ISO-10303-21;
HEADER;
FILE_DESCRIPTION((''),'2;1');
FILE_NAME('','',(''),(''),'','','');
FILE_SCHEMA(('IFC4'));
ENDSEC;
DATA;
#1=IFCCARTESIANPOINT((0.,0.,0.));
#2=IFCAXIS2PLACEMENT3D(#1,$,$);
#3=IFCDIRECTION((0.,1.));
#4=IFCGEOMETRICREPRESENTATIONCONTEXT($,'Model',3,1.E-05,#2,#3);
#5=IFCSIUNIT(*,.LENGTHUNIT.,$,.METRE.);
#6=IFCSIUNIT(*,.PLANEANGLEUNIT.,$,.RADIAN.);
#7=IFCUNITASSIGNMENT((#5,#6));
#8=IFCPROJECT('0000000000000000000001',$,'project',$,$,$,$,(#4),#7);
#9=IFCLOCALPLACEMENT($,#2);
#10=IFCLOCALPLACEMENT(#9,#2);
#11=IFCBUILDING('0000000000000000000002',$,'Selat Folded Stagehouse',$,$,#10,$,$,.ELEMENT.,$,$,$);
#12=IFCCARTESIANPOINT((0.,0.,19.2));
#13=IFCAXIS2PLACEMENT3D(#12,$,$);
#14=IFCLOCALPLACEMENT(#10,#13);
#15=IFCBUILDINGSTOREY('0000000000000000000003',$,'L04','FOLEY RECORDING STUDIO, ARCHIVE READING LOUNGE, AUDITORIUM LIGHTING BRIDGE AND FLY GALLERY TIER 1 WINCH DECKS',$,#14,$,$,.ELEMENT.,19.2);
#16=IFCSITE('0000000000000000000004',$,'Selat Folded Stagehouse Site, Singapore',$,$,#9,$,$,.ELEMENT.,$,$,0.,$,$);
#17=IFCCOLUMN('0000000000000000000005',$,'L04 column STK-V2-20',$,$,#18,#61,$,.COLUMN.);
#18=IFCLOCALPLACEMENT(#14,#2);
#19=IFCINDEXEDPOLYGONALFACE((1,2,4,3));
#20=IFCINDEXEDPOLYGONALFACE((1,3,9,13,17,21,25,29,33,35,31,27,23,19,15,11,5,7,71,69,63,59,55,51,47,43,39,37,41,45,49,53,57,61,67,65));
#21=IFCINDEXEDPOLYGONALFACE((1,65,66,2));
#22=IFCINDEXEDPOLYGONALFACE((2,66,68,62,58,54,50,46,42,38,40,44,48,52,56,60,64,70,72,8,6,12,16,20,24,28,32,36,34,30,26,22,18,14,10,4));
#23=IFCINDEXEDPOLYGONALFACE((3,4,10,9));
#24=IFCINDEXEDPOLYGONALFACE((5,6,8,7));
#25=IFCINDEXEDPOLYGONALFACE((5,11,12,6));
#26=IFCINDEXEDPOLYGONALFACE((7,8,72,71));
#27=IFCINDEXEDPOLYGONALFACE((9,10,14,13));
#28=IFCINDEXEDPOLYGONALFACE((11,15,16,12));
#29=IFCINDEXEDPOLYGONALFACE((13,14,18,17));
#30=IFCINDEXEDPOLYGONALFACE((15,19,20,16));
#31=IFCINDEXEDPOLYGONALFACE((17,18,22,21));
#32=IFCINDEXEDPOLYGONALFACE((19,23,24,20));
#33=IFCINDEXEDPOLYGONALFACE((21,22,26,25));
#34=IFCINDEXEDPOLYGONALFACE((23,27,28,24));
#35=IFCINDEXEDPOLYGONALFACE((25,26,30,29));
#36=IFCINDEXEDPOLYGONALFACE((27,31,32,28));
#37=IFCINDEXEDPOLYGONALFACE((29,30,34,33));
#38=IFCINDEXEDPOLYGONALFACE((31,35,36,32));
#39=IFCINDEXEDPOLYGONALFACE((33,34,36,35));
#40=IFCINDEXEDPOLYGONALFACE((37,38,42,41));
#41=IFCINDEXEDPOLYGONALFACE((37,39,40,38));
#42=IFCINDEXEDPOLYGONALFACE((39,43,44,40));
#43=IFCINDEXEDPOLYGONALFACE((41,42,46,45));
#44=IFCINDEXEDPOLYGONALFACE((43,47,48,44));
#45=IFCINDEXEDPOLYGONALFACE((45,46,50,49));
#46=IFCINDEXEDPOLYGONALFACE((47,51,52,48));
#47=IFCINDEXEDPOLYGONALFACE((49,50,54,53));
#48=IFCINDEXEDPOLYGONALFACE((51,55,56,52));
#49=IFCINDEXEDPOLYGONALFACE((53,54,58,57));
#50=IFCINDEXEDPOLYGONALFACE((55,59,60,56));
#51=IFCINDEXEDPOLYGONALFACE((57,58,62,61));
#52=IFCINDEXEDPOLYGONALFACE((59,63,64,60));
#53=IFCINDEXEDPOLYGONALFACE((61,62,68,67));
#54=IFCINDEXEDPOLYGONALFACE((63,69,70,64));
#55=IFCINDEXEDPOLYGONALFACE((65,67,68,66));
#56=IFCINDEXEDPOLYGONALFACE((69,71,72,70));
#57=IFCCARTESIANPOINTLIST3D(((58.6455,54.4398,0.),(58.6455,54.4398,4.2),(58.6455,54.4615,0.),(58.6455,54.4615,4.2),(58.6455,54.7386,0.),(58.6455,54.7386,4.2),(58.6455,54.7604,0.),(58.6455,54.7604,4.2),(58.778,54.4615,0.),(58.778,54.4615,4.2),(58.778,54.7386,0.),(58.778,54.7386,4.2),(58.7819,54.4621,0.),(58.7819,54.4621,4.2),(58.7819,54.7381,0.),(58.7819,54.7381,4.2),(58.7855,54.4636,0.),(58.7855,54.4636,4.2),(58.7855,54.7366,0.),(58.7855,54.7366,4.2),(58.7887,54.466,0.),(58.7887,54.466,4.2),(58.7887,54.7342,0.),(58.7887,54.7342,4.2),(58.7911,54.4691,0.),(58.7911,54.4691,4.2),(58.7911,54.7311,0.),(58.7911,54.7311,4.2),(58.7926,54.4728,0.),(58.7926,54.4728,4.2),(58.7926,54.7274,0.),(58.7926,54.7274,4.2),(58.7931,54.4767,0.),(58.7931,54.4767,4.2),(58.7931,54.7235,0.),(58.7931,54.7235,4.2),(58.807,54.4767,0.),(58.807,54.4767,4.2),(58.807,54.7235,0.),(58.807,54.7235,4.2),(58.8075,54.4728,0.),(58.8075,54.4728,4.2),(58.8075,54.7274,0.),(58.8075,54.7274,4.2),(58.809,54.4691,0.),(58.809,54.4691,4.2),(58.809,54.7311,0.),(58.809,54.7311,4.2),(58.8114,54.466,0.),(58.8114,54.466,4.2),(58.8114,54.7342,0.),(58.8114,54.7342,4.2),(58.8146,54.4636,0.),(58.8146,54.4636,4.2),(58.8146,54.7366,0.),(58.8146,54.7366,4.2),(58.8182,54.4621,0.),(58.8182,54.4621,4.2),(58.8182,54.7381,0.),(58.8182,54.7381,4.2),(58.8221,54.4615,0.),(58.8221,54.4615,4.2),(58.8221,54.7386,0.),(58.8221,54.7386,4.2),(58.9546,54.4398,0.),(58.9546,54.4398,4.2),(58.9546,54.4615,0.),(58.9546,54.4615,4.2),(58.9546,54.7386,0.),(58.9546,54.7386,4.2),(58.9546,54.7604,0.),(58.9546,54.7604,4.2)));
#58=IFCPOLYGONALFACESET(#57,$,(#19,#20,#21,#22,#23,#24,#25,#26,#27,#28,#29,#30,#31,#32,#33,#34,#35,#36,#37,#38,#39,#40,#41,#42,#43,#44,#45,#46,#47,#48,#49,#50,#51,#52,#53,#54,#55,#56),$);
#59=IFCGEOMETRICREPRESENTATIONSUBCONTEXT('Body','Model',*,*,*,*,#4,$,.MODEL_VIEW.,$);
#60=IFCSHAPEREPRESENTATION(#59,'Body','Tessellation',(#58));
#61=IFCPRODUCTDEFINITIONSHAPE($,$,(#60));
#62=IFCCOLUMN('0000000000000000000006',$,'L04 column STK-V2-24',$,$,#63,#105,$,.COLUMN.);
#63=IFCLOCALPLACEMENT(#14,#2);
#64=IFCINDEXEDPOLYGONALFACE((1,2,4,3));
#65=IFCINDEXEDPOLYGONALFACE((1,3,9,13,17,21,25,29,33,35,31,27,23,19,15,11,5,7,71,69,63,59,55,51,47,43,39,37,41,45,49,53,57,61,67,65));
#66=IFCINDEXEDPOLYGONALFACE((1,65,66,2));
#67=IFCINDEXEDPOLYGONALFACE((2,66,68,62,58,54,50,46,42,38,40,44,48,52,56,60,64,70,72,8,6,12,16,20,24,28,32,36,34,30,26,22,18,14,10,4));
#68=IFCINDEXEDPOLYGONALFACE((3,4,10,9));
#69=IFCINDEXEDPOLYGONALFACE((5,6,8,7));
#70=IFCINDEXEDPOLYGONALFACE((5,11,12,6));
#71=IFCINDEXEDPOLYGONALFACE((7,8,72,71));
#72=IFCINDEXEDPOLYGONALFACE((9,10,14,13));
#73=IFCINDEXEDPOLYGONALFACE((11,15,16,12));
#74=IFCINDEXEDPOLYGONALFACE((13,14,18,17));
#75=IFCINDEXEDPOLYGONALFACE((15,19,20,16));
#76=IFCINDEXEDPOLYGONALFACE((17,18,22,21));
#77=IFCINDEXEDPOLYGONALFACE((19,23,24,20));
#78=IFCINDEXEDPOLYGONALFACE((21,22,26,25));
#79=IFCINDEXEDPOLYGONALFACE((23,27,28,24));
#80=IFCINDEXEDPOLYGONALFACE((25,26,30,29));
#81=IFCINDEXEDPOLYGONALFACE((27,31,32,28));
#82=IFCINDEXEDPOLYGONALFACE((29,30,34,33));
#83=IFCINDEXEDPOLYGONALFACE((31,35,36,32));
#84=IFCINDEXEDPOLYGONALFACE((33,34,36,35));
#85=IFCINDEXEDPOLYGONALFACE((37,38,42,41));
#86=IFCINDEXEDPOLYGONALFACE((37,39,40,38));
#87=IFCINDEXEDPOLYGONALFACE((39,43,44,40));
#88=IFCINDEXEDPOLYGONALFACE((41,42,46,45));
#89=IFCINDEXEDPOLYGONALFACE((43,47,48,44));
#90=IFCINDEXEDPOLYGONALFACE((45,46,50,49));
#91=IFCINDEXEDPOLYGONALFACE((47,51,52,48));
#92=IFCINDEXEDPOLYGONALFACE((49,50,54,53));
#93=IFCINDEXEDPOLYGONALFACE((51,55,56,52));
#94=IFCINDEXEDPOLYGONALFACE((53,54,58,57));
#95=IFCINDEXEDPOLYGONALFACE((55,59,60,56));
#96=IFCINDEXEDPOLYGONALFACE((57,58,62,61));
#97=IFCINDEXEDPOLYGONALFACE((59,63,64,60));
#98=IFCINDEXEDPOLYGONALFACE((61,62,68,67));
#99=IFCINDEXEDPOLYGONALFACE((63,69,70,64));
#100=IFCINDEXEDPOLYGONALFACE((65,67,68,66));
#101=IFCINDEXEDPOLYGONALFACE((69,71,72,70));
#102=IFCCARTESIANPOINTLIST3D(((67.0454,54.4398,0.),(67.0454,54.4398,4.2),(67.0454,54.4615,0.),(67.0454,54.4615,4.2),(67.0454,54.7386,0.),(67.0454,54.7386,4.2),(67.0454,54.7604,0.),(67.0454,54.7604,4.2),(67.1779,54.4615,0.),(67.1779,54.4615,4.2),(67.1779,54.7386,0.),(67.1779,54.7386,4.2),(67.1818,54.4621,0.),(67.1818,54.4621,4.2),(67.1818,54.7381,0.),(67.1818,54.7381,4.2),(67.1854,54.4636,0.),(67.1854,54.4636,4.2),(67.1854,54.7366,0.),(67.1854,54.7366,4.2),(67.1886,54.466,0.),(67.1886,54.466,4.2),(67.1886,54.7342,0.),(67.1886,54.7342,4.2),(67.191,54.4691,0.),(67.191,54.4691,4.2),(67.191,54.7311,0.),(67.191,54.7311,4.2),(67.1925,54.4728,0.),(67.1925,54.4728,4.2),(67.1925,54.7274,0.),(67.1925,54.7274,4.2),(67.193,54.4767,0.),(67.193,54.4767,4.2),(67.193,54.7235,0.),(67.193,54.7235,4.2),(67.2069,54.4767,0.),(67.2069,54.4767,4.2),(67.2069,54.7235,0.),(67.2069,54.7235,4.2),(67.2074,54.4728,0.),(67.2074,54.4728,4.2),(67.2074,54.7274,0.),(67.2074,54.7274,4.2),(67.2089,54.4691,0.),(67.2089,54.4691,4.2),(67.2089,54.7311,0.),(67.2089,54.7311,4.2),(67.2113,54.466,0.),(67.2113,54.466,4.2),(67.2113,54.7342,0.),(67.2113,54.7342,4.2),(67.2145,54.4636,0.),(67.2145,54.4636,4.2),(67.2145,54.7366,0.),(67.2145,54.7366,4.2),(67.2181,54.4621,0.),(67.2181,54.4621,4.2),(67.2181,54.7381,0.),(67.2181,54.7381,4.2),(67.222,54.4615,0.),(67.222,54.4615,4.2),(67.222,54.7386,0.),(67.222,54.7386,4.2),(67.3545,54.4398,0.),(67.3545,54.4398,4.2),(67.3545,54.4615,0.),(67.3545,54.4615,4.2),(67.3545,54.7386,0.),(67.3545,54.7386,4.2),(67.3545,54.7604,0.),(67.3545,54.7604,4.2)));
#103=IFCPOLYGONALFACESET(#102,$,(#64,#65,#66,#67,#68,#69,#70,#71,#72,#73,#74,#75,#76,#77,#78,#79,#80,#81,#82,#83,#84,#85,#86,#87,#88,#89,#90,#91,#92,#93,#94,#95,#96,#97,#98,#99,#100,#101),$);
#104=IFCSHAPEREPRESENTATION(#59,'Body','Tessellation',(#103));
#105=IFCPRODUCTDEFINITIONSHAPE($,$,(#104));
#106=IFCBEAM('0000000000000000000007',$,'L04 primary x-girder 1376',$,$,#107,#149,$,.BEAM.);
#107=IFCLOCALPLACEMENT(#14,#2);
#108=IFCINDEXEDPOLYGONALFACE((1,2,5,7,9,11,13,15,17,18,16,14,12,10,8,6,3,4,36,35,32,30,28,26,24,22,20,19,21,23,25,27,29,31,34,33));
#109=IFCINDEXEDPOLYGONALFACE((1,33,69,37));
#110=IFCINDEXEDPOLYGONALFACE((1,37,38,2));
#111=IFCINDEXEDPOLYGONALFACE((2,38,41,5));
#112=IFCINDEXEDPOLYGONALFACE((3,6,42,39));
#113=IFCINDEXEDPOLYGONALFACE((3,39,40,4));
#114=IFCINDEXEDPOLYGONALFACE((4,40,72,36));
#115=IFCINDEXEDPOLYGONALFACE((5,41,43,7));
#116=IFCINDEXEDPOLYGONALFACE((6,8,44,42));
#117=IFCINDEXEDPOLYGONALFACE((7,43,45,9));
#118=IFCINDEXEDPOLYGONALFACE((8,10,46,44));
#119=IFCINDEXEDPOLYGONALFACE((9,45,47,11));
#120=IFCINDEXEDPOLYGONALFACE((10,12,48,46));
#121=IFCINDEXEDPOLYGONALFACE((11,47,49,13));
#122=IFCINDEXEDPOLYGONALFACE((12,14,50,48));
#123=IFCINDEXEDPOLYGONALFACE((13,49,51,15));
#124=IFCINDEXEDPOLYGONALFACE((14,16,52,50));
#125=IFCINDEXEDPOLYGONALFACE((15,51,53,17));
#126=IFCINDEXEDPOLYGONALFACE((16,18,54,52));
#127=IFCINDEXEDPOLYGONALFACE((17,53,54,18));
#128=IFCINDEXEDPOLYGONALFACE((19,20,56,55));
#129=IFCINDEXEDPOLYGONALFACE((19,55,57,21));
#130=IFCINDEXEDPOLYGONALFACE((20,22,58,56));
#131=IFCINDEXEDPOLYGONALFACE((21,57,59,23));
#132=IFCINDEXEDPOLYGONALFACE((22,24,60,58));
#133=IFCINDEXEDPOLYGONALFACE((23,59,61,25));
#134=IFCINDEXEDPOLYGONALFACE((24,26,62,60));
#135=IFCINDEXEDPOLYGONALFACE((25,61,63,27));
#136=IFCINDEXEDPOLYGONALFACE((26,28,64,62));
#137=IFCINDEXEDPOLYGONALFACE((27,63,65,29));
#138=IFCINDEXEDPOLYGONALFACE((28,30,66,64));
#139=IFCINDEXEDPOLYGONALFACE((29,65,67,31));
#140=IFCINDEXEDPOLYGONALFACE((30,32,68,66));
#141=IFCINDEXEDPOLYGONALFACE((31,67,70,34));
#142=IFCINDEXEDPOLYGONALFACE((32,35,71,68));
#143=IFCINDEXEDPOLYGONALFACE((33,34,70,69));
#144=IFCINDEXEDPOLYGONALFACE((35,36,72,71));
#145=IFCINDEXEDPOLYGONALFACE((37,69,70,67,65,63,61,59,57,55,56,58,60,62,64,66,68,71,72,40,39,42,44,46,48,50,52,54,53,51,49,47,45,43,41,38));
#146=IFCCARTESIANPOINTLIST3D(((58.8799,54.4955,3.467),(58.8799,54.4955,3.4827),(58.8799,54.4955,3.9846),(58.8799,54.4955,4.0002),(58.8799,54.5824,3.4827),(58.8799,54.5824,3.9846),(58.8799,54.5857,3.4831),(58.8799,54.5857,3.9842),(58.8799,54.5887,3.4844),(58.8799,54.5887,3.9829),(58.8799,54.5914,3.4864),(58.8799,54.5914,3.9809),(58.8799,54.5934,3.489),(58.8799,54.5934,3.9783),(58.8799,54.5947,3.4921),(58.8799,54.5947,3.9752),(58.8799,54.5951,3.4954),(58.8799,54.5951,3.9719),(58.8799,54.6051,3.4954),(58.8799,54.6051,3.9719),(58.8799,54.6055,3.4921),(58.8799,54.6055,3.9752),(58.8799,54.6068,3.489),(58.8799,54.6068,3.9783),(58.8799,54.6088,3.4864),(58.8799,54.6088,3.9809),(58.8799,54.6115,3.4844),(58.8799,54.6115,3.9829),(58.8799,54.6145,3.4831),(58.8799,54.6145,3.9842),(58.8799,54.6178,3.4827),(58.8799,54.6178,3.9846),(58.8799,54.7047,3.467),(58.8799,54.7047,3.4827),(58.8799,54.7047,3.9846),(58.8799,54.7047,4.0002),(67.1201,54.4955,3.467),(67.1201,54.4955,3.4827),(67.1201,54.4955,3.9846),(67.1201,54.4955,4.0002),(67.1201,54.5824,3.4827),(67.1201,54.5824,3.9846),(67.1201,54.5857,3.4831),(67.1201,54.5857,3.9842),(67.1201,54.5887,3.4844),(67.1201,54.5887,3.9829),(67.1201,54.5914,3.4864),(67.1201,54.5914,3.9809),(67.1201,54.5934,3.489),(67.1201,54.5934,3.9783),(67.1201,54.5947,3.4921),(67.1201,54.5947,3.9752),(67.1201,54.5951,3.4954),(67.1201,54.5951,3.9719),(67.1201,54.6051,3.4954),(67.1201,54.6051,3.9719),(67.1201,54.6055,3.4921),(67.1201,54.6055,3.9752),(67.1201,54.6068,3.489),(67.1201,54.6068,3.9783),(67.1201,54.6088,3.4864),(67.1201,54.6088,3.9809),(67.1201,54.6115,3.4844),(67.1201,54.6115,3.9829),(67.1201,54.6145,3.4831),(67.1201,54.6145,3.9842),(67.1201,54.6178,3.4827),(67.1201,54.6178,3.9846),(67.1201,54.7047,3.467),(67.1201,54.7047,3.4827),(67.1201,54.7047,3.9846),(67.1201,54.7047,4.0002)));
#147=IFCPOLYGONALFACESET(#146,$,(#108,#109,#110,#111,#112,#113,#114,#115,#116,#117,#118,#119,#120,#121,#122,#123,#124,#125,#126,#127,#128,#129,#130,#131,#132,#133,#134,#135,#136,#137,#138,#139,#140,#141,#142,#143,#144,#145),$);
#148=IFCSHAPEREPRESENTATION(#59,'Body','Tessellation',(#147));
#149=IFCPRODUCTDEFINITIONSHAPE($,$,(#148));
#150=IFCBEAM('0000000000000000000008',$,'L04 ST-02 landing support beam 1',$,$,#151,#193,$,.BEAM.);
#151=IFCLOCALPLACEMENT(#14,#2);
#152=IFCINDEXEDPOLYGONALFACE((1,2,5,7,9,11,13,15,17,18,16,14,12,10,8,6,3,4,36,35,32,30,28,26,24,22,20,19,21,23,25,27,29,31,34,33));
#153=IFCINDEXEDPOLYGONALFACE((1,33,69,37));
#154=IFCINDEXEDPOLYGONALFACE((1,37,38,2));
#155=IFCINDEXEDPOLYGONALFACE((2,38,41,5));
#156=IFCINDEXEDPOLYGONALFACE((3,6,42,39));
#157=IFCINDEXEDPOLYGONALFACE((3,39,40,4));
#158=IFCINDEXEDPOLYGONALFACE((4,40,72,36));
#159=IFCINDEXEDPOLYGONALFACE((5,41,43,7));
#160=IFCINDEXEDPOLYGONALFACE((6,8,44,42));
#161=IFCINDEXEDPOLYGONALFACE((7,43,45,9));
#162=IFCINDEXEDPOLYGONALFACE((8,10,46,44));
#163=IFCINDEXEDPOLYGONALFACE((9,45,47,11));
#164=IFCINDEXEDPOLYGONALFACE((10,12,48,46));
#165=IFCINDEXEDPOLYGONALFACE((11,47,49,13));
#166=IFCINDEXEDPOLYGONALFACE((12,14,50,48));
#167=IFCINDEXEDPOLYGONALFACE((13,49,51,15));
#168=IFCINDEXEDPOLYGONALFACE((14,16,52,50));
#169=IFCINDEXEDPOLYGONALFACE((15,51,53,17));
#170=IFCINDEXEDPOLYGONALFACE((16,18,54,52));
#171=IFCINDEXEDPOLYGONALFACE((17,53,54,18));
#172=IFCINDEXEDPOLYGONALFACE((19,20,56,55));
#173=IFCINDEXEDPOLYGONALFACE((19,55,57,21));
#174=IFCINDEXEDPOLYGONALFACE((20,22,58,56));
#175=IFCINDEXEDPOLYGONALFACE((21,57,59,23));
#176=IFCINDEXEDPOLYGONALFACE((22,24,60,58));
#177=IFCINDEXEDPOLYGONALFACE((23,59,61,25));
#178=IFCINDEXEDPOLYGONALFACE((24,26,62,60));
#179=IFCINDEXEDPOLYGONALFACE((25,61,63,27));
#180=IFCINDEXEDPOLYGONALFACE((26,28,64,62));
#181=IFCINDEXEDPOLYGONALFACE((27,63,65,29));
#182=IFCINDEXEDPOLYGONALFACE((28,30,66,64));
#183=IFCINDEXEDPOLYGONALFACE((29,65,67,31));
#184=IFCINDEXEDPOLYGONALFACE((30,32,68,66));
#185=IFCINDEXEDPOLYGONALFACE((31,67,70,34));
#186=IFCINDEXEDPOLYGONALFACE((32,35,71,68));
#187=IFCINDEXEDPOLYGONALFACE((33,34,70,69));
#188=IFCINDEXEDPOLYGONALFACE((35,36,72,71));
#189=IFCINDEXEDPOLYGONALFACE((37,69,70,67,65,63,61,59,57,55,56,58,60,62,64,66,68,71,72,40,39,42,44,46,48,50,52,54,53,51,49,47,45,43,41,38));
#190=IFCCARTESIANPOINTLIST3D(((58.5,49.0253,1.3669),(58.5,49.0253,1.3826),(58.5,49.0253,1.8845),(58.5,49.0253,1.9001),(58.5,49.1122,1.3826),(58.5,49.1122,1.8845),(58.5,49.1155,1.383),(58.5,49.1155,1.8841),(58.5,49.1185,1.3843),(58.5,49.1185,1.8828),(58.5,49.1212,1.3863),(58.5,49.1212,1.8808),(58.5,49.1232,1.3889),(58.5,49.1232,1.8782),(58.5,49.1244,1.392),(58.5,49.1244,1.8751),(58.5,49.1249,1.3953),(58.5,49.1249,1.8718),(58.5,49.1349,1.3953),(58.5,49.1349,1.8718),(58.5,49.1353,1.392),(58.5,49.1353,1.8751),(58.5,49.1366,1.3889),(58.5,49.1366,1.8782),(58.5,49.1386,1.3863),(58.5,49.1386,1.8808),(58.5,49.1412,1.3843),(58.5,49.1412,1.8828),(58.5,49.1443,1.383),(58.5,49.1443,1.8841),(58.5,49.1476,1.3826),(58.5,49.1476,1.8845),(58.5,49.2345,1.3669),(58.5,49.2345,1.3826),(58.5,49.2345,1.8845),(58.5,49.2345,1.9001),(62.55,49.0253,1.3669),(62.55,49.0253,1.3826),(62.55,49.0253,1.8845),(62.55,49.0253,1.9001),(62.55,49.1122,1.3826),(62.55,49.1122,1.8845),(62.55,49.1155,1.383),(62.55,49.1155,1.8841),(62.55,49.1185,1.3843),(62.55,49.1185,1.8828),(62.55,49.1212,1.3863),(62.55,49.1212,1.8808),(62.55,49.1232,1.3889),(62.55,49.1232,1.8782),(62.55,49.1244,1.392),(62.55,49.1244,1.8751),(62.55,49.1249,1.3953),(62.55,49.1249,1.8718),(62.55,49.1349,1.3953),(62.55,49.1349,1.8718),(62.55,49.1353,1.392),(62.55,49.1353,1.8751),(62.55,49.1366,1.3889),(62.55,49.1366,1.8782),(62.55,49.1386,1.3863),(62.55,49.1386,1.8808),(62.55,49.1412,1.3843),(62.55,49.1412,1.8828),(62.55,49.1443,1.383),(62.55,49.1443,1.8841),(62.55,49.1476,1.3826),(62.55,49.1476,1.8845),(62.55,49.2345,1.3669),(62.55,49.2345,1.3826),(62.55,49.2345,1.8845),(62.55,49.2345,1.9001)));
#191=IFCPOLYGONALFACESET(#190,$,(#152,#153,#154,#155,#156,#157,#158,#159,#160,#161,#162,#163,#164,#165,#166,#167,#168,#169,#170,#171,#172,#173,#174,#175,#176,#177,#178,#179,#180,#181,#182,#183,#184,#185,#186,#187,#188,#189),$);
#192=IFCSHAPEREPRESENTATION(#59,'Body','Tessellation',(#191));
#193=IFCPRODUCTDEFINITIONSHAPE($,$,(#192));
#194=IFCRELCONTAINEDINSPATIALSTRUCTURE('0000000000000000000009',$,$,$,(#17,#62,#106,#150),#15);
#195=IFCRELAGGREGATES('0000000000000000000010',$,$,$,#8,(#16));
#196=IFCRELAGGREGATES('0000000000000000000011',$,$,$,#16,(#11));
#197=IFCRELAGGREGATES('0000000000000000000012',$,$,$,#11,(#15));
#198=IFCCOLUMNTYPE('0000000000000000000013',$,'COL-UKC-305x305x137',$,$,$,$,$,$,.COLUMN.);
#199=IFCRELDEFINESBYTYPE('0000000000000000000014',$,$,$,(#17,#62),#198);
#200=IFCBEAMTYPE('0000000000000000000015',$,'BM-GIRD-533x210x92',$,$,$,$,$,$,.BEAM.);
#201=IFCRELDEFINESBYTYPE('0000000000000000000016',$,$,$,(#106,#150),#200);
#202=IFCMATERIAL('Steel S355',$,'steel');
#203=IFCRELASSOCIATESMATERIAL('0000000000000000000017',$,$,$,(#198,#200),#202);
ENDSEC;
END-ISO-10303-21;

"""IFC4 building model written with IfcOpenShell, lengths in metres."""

from ifc_helpers import new_model, si_unit, direction, frame, origin, origin_2d, place, context, subcontext, project, spatial, i_section, extrude, material, material_profile, profile_set, type_object, element, save


model = new_model("IFC4")

# Units and contexts
model_context = context("Model", 3, precision=1e-05, world=origin(), true_north=direction((0.0, 1.0)))
body_context = subcontext(model_context, "Body", "Model", "MODEL_VIEW")
ifc_project = project(units=[si_unit("LENGTHUNIT", "METRE"), si_unit("PLANEANGLEUNIT", "RADIAN")], contexts=[model_context])

# Site, building, storey
site_placement = place(None, origin())
site = spatial("IfcSite", under=ifc_project, at=site_placement, Name="Selat Folded Stagehouse Site, Singapore", CompositionType="ELEMENT", RefElevation=0.0)
building_placement = place(site_placement, origin())
building = spatial("IfcBuilding", under=site, at=building_placement, Name="Selat Folded Stagehouse", CompositionType="ELEMENT")
storey_placement = place(building_placement, frame((0.0, 0.0, 19.2)))
storey = spatial("IfcBuildingStorey", under=building, at=storey_placement, Name="L04", Description="FOLEY RECORDING STUDIO, ARCHIVE READING LOUNGE, AUDITORIUM LIGHTING BRIDGE AND FLY GALLERY TIER 1 WINCH DECKS", CompositionType="ELEMENT", Elevation=19.2)

# Columns
ifc_material_1 = material(Name="Steel S355", Category="steel")
ifc_material_profile_1 = material_profile(ifc_material_1, i_section(OverallWidth=0.3091, OverallDepth=0.3206, WebThickness=0.0139, FlangeThickness=0.0217, FilletRadius=0.0151, at=origin_2d()), Name="UKC 305x305x137")
ifc_profile_set_1 = profile_set([ifc_material_profile_1], Name="Steel S355")
column_type = type_object("IfcColumnType", Name="COL-UKC-305x305x137", PredefinedType="COLUMN", material=ifc_profile_set_1)
for number, where, z_axis, x_axis, name in (
    (1, (58.8, 54.6001, 0.0), (0.0, 0.0, 1.0), (1.0, 0.0, 0.0), "L04 column STK-V2-20"),
    (2, (67.2, 54.6001, 0.0), (0.0, 0.0, 1.0), (1.0, 0.0, 0.0), "L04 column STK-V2-24"),
):
    element("IfcColumn", number, at=place(storey_placement, frame(where, z_axis=z_axis, x_axis=x_axis)), inside=storey, type_object=column_type, Name=name, PredefinedType="COLUMN", context=body_context, shape_type="SweptSolid", body=[
        extrude(i_section(OverallWidth=0.3091, OverallDepth=0.3206, WebThickness=0.0139, FlangeThickness=0.0217, FilletRadius=0.0151, at=origin_2d()), origin(), (0.0, 0.0, 1.0), 4.2),
    ])

# Beams
ifc_material_profile_2 = material_profile(ifc_material_1, i_section(OverallWidth=0.2092, OverallDepth=0.5332, WebThickness=0.01, FlangeThickness=0.0156, FilletRadius=0.0127, at=origin_2d()), Name="UKB 533x210x92")
ifc_profile_set_2 = profile_set([ifc_material_profile_2], Name="Steel S355")
beam_type_1 = type_object("IfcBeamType", Name="BM-GIRD-533x210x92", PredefinedType="BEAM", material=ifc_profile_set_2)
beam_1_placement = place(storey_placement, frame((58.8799, 54.6001, 3.7336), z_axis=(1.0, 0.0, 0.0), x_axis=(0.0, 1.0, 0.0)))
element("IfcBeam", 3, at=beam_1_placement, inside=storey, type_object=beam_type_1, Name="L04 primary x-girder 1376", PredefinedType="BEAM", context=body_context, shape_type="SweptSolid", body=[
    extrude(i_section(OverallWidth=0.2092, OverallDepth=0.5332, WebThickness=0.01, FlangeThickness=0.0156, FilletRadius=0.0127, at=origin_2d()), origin(), (0.0, 0.0, 1.0), 8.2402),
])
for number, where, z_axis, x_axis, name in (
    (4, (58.5, 49.1299, 1.6335), (1.0, 0.0, 0.0), (0.0, 1.0, 0.0), "L04 ST-02 landing support beam 1"),
):
    element("IfcBeam", number, at=place(storey_placement, frame(where, z_axis=z_axis, x_axis=x_axis)), inside=storey, type_object=beam_type_1, Name=name, PredefinedType="BEAM", context=body_context, shape_type="SweptSolid", body=[
        extrude(i_section(OverallWidth=0.2092, OverallDepth=0.5332, WebThickness=0.01, FlangeThickness=0.0156, FilletRadius=0.0127, at=origin_2d()), origin(), (0.0, 0.0, 1.0), 4.05),
    ])

save(model, "model.ifc")
